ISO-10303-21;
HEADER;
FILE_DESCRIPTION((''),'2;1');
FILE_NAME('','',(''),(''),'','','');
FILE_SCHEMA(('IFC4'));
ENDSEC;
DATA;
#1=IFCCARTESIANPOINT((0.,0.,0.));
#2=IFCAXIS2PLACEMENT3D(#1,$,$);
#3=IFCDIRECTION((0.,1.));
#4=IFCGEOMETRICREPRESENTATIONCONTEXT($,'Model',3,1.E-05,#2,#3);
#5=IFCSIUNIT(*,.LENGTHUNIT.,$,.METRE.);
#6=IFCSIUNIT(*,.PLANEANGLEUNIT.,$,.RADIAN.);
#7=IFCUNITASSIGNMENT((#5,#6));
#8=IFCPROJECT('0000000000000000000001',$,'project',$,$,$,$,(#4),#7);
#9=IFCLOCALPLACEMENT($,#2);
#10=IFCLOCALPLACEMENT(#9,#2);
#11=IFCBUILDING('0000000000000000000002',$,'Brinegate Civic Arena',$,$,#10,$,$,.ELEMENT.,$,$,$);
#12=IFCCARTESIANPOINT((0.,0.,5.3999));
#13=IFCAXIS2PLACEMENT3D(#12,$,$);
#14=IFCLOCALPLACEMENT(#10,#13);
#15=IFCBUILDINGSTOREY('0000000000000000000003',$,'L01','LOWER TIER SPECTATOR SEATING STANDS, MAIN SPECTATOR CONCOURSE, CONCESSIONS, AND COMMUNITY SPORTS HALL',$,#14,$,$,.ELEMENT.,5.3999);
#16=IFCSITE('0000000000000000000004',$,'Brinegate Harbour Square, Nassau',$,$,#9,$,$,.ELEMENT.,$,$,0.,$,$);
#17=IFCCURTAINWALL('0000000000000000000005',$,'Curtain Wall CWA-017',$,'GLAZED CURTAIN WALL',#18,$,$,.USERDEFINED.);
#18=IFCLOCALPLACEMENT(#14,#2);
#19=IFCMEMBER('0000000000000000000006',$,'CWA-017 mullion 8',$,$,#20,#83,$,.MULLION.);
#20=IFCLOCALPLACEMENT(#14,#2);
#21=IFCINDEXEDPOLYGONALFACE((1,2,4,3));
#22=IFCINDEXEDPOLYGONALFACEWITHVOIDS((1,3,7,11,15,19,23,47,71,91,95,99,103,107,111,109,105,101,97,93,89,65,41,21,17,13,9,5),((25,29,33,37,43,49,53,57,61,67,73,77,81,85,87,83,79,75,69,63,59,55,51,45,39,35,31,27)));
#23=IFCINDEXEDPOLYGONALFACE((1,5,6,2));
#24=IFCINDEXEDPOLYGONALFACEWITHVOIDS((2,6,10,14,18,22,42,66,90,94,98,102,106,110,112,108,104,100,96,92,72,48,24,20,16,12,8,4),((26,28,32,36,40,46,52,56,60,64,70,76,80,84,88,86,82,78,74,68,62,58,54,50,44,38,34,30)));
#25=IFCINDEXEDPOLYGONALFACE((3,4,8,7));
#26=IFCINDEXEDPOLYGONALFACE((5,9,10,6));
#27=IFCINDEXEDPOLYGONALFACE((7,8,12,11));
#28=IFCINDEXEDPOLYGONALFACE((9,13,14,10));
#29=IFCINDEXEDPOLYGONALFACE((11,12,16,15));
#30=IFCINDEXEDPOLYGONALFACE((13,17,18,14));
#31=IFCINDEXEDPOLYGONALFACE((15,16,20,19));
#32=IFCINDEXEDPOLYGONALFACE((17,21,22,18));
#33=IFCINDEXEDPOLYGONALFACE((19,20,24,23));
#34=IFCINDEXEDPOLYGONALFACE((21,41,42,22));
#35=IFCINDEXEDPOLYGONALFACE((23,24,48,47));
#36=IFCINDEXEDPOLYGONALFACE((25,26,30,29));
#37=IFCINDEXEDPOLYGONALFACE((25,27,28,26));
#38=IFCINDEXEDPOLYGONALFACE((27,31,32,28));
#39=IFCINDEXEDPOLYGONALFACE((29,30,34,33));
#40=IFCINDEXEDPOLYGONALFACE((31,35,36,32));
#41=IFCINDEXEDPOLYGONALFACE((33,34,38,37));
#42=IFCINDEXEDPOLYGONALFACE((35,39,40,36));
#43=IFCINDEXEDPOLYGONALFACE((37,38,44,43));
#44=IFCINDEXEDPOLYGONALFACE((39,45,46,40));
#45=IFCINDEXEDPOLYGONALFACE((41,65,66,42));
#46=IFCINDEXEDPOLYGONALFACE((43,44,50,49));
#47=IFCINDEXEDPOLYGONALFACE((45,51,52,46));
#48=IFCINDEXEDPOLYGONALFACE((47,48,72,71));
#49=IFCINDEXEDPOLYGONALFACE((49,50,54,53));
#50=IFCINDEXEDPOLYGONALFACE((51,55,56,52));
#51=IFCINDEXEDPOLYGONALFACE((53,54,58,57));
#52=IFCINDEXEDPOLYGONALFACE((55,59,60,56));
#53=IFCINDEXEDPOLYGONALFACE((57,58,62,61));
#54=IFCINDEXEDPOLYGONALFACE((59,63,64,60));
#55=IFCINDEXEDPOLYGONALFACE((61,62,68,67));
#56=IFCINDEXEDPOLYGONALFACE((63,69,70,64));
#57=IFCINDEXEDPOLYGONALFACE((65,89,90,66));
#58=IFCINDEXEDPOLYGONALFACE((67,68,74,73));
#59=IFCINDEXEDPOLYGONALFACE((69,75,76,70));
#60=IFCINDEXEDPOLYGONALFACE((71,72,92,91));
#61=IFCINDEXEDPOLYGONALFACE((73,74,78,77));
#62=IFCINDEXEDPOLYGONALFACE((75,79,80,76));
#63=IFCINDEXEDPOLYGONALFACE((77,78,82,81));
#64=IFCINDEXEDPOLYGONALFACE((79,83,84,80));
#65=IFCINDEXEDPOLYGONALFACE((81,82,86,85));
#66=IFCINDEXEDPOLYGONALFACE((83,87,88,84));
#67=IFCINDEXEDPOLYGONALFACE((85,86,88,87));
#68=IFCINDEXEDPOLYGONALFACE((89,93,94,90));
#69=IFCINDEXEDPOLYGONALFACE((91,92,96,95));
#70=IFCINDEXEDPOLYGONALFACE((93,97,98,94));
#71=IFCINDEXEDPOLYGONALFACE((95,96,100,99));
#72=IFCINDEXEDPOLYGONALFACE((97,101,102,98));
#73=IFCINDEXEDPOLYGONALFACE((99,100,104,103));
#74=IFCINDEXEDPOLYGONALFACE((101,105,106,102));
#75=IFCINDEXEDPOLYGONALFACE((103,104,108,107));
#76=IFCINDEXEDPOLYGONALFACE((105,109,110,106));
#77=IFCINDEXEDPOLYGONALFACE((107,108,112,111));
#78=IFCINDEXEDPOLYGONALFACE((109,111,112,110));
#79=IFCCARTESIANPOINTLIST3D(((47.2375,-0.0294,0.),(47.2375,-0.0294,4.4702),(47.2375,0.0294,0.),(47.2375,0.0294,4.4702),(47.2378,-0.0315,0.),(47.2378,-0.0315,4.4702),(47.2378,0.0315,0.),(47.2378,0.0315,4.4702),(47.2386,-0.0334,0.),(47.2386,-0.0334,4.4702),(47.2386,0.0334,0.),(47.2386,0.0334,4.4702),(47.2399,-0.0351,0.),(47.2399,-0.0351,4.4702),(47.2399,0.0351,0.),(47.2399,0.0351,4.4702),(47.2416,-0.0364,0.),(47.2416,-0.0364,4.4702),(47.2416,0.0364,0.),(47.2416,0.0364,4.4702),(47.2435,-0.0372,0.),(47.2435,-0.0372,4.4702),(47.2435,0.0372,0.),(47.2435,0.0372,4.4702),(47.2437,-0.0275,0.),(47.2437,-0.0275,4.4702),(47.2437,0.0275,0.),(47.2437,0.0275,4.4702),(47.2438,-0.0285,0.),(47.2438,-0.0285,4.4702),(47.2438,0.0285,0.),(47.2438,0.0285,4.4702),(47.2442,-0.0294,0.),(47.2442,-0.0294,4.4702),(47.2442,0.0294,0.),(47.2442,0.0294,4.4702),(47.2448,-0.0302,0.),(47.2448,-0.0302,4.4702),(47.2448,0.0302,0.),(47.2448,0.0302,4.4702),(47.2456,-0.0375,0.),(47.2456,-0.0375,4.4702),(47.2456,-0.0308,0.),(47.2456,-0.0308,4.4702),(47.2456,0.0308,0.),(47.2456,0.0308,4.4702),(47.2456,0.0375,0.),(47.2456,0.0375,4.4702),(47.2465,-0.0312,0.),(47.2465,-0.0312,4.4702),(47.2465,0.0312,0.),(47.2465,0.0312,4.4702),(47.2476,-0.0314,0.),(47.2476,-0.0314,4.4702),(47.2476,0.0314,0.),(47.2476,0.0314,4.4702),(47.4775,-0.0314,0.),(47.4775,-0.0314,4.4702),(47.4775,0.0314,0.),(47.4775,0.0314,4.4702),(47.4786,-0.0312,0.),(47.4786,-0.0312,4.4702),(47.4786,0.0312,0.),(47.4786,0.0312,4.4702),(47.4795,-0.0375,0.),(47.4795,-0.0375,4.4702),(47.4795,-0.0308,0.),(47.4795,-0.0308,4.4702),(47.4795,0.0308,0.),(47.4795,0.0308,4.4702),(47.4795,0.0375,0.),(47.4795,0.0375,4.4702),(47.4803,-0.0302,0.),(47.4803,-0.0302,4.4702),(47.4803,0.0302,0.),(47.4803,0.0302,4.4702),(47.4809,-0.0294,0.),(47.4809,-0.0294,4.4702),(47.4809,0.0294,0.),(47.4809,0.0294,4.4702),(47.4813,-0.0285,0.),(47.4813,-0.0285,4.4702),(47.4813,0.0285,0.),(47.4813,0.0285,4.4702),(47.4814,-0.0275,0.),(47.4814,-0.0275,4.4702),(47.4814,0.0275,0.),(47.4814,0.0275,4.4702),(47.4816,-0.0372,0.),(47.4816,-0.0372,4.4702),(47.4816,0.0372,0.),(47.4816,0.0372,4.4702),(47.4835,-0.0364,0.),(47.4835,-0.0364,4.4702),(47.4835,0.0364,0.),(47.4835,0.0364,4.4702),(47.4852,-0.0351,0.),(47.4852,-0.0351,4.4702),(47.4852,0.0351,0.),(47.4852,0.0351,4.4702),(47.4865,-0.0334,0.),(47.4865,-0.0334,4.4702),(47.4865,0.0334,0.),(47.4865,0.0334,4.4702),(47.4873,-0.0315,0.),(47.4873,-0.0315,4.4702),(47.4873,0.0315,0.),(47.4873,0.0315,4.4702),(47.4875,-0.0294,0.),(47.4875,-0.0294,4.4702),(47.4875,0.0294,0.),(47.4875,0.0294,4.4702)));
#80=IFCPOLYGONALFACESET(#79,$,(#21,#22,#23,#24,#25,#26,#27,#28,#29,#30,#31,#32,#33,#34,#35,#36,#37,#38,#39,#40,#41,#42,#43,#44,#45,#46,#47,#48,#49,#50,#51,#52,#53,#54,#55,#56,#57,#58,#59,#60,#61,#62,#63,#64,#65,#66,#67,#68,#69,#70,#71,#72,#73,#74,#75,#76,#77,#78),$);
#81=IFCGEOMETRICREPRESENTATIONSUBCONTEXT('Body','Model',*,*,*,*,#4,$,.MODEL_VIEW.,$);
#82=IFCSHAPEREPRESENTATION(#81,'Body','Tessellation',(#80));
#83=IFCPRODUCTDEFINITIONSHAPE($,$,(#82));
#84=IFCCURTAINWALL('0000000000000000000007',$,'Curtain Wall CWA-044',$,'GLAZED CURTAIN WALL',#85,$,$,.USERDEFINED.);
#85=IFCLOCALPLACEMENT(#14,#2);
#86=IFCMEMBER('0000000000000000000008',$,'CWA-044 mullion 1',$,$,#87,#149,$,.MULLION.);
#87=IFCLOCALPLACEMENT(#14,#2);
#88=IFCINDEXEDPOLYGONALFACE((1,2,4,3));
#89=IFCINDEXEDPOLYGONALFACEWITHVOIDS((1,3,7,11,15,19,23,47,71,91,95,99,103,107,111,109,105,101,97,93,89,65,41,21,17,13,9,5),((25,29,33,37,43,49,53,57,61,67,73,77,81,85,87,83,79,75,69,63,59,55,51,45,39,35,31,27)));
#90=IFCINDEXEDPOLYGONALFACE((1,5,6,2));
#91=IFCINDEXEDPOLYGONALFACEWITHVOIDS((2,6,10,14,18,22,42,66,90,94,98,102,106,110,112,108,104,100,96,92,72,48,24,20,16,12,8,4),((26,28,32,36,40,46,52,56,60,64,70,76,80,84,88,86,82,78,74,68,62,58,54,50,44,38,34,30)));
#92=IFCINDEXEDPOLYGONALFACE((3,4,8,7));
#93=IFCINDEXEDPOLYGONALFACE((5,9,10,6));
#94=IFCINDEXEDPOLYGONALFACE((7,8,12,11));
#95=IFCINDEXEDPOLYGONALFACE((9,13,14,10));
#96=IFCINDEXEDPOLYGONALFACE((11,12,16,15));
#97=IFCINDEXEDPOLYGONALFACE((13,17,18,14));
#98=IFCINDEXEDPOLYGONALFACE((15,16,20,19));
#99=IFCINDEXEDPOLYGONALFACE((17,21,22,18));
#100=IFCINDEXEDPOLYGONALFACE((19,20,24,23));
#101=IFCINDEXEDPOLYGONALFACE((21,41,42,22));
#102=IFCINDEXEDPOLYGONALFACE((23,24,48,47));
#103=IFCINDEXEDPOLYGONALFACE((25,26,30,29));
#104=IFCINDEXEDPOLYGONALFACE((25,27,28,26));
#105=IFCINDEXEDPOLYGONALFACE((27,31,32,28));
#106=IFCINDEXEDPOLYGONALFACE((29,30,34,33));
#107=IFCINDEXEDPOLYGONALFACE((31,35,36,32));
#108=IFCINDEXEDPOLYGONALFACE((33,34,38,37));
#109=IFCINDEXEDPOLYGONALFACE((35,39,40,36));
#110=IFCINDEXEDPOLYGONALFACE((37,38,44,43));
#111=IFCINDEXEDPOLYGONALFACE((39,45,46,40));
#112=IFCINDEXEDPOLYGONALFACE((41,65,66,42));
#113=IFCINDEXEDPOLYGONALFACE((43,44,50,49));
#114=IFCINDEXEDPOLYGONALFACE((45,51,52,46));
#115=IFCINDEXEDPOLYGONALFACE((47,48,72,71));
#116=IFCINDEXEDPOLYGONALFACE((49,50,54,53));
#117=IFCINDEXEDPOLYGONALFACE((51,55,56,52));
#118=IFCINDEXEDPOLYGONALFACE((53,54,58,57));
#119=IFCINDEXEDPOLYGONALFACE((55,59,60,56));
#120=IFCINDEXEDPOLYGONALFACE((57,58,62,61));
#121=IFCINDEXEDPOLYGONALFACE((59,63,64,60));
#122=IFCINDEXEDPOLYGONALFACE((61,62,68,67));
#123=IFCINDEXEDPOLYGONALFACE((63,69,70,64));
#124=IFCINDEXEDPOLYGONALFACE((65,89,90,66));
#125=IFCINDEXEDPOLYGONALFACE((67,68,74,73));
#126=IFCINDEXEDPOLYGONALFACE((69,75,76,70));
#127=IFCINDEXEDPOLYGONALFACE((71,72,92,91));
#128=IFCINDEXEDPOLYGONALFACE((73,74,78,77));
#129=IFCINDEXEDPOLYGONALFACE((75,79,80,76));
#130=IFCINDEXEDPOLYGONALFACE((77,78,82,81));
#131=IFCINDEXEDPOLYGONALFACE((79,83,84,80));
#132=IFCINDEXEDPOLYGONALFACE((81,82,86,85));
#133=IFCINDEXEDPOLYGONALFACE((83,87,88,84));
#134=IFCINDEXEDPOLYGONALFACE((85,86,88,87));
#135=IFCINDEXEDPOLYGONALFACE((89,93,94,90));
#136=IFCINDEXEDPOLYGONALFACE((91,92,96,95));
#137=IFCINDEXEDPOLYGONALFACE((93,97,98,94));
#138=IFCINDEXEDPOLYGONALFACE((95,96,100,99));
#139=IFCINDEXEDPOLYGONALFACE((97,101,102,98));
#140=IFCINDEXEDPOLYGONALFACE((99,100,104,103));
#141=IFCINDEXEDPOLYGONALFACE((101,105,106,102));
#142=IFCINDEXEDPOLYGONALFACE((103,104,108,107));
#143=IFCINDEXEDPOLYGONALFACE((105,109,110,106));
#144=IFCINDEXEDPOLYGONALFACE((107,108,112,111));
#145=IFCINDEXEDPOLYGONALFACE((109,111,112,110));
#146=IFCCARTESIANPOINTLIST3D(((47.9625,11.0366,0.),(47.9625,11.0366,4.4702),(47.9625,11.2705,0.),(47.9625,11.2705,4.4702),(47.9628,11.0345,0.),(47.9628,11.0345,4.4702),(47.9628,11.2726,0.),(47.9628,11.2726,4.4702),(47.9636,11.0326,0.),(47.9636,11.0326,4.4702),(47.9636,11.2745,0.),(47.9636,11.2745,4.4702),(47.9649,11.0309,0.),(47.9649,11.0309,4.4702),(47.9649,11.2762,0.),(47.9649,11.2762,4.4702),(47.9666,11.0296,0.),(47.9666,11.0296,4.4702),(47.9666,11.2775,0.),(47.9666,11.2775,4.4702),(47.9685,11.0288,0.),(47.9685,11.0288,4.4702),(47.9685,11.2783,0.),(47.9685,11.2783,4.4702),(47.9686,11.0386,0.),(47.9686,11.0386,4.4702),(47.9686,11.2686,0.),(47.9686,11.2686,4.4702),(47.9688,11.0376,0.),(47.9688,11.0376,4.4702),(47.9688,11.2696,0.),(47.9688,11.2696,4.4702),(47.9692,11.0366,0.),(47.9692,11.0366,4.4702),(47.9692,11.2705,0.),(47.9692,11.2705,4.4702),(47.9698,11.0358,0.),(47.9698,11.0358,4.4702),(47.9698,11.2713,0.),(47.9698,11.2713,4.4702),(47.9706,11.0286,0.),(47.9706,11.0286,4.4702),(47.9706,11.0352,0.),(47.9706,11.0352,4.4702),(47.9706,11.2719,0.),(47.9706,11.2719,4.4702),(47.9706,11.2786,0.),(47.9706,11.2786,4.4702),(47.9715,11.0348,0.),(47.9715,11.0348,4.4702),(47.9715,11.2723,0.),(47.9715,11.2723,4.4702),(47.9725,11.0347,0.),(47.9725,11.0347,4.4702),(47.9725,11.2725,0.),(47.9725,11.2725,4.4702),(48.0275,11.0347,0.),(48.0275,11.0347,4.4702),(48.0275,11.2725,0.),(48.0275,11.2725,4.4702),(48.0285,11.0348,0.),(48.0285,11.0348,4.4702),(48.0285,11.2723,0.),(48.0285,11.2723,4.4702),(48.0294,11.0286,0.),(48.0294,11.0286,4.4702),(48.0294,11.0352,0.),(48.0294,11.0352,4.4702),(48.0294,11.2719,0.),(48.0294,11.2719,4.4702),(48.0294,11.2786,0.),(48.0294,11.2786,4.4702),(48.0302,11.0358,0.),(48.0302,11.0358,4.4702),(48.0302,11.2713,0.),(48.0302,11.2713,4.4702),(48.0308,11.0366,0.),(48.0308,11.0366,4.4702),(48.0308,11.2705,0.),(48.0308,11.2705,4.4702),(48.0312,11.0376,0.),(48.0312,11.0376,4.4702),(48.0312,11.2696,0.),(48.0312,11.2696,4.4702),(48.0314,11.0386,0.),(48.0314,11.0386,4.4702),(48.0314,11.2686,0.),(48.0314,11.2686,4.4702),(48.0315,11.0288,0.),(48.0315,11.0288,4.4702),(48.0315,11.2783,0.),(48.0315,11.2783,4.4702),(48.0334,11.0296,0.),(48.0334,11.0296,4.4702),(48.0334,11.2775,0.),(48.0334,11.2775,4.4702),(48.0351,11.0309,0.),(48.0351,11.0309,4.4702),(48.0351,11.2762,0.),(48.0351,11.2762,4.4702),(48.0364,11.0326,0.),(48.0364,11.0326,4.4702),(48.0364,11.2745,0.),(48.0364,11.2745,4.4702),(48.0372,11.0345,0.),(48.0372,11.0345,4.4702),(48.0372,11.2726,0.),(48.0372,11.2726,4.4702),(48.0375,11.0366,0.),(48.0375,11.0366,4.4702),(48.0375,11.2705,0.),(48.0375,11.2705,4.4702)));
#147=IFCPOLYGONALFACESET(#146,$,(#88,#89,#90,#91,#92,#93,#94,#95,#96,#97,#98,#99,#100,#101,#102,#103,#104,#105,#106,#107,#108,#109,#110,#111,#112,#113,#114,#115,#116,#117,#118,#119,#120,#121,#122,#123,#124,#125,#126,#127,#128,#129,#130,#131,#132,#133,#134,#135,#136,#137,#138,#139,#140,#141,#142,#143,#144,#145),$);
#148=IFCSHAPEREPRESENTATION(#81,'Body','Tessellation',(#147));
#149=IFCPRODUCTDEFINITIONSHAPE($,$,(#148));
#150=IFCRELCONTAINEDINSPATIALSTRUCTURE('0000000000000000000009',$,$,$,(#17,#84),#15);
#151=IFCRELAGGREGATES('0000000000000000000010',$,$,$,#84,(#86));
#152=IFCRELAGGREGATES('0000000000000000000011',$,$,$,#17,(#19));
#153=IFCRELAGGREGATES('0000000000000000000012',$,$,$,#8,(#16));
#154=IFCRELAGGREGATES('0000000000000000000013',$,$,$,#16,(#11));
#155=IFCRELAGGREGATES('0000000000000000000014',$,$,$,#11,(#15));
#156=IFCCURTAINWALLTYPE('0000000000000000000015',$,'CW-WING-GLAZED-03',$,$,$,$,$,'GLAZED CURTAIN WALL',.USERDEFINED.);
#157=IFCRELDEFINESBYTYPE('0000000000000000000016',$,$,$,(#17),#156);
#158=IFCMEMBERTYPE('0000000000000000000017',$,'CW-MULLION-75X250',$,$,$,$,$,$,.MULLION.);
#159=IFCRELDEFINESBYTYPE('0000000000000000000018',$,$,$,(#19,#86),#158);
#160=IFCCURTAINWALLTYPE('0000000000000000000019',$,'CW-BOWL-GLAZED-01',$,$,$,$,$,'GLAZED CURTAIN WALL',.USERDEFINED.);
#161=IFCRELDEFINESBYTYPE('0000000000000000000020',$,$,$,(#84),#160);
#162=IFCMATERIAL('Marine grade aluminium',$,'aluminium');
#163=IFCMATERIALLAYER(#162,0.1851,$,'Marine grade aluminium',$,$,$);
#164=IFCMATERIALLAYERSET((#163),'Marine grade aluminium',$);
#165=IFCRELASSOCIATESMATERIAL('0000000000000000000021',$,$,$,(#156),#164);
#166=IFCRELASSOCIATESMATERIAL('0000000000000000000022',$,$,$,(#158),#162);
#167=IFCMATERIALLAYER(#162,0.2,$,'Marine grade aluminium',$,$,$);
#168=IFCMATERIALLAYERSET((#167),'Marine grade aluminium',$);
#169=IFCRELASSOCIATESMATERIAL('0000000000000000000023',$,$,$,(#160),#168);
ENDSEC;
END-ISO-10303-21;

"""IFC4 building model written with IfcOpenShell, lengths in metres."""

from ifc_helpers import new_model, si_unit, direction, frame, origin, origin_2d, place, context, subcontext, project, spatial, hollow_rectangle, extrude, material, layer, layer_set, material_profile, profile_set, type_object, element, aggregate, save


model = new_model("IFC4")

# Units and contexts
model_context = context("Model", 3, precision=1e-05, world=origin(), true_north=direction((0.0, 1.0)))
body_context = subcontext(model_context, "Body", "Model", "MODEL_VIEW")
ifc_project = project(units=[si_unit("LENGTHUNIT", "METRE"), si_unit("PLANEANGLEUNIT", "RADIAN")], contexts=[model_context])

# Site, building, storey
site_placement = place(None, origin())
site = spatial("IfcSite", under=ifc_project, at=site_placement, Name="Brinegate Harbour Square, Nassau", CompositionType="ELEMENT", RefElevation=0.0)
building_placement = place(site_placement, origin())
building = spatial("IfcBuilding", under=site, at=building_placement, Name="Brinegate Civic Arena", CompositionType="ELEMENT")
storey_placement = place(building_placement, frame((0.0, 0.0, 5.3999)))
storey = spatial("IfcBuildingStorey", under=building, at=storey_placement, Name="L01", Description="LOWER TIER SPECTATOR SEATING STANDS, MAIN SPECTATOR CONCOURSE, CONCESSIONS, AND COMMUNITY SPORTS HALL", CompositionType="ELEMENT", Elevation=5.3999)

# Curtain wall, member
ifc_material_1 = material(Name="Marine grade aluminium", Category="aluminium")
ifc_layer_1 = layer(ifc_material_1, 0.1851, Name="Marine grade aluminium")
ifc_layer_set_1 = layer_set([ifc_layer_1], Name="Marine grade aluminium")
curtain_wall_type_1 = type_object("IfcCurtainWallType", Name="CW-WING-GLAZED-03", ElementType="GLAZED CURTAIN WALL", PredefinedType="USERDEFINED", material=ifc_layer_set_1)
curtain_wall_1_placement = place(storey_placement, origin())
curtain_wall_1 = element("IfcCurtainWall", 1, at=curtain_wall_1_placement, inside=storey, type_object=curtain_wall_type_1, Name="Curtain Wall CWA-017", ObjectType="GLAZED CURTAIN WALL", PredefinedType="USERDEFINED")
ifc_material_profile_1 = material_profile(ifc_material_1, hollow_rectangle(XDim=0.075, YDim=0.25, WallThickness=0.0061, InnerFilletRadius=0.0039, OuterFilletRadius=0.0081, at=origin_2d()), Name="MUL75X250")
ifc_profile_set_1 = profile_set([ifc_material_profile_1], Name="Marine grade aluminium")
member_type_1 = type_object("IfcMemberType", Name="CW-MULLION-75X250", PredefinedType="MULLION", material=ifc_profile_set_1)
member_1_placement = place(storey_placement, frame((47.3625, 0.0, 0.0), z_axis=(0.0, 0.0, 1.0), x_axis=(0.0, 1.0, 0.0)))
member_1 = element("IfcMember", 2, at=member_1_placement, type_object=member_type_1, Name="CWA-017 mullion 8", PredefinedType="MULLION", context=body_context, shape_type="SweptSolid", body=[
    extrude(hollow_rectangle(XDim=0.075, YDim=0.25, WallThickness=0.0061, InnerFilletRadius=0.0039, OuterFilletRadius=0.0081, at=origin_2d()), origin(), (0.0, 0.0, 1.0), 4.4702),
])

# Curtain wall, member
ifc_layer_2 = layer(ifc_material_1, 0.2, Name="Marine grade aluminium")
ifc_layer_set_2 = layer_set([ifc_layer_2], Name="Marine grade aluminium")
curtain_wall_type_2 = type_object("IfcCurtainWallType", Name="CW-BOWL-GLAZED-01", ElementType="GLAZED CURTAIN WALL", PredefinedType="USERDEFINED", material=ifc_layer_set_2)
curtain_wall_2_placement = place(storey_placement, origin())
curtain_wall_2 = element("IfcCurtainWall", 3, at=curtain_wall_2_placement, inside=storey, type_object=curtain_wall_type_2, Name="Curtain Wall CWA-044", ObjectType="GLAZED CURTAIN WALL", PredefinedType="USERDEFINED")
member_2_placement = place(storey_placement, frame((48.0, 11.1536, 0.0), z_axis=(0.0, 0.0, 1.0), x_axis=(-1.0, 0.0, 0.0)))
member_2 = element("IfcMember", 4, at=member_2_placement, type_object=member_type_1, Name="CWA-044 mullion 1", PredefinedType="MULLION", context=body_context, shape_type="SweptSolid", body=[
    extrude(hollow_rectangle(XDim=0.075, YDim=0.25, WallThickness=0.0061, InnerFilletRadius=0.0039, OuterFilletRadius=0.0081, at=origin_2d()), origin(), (0.0, 0.0, 1.0), 4.4702),
])
aggregate(curtain_wall_2, [member_2])

aggregate(curtain_wall_1, [member_1])

save(model, "model.ifc")
